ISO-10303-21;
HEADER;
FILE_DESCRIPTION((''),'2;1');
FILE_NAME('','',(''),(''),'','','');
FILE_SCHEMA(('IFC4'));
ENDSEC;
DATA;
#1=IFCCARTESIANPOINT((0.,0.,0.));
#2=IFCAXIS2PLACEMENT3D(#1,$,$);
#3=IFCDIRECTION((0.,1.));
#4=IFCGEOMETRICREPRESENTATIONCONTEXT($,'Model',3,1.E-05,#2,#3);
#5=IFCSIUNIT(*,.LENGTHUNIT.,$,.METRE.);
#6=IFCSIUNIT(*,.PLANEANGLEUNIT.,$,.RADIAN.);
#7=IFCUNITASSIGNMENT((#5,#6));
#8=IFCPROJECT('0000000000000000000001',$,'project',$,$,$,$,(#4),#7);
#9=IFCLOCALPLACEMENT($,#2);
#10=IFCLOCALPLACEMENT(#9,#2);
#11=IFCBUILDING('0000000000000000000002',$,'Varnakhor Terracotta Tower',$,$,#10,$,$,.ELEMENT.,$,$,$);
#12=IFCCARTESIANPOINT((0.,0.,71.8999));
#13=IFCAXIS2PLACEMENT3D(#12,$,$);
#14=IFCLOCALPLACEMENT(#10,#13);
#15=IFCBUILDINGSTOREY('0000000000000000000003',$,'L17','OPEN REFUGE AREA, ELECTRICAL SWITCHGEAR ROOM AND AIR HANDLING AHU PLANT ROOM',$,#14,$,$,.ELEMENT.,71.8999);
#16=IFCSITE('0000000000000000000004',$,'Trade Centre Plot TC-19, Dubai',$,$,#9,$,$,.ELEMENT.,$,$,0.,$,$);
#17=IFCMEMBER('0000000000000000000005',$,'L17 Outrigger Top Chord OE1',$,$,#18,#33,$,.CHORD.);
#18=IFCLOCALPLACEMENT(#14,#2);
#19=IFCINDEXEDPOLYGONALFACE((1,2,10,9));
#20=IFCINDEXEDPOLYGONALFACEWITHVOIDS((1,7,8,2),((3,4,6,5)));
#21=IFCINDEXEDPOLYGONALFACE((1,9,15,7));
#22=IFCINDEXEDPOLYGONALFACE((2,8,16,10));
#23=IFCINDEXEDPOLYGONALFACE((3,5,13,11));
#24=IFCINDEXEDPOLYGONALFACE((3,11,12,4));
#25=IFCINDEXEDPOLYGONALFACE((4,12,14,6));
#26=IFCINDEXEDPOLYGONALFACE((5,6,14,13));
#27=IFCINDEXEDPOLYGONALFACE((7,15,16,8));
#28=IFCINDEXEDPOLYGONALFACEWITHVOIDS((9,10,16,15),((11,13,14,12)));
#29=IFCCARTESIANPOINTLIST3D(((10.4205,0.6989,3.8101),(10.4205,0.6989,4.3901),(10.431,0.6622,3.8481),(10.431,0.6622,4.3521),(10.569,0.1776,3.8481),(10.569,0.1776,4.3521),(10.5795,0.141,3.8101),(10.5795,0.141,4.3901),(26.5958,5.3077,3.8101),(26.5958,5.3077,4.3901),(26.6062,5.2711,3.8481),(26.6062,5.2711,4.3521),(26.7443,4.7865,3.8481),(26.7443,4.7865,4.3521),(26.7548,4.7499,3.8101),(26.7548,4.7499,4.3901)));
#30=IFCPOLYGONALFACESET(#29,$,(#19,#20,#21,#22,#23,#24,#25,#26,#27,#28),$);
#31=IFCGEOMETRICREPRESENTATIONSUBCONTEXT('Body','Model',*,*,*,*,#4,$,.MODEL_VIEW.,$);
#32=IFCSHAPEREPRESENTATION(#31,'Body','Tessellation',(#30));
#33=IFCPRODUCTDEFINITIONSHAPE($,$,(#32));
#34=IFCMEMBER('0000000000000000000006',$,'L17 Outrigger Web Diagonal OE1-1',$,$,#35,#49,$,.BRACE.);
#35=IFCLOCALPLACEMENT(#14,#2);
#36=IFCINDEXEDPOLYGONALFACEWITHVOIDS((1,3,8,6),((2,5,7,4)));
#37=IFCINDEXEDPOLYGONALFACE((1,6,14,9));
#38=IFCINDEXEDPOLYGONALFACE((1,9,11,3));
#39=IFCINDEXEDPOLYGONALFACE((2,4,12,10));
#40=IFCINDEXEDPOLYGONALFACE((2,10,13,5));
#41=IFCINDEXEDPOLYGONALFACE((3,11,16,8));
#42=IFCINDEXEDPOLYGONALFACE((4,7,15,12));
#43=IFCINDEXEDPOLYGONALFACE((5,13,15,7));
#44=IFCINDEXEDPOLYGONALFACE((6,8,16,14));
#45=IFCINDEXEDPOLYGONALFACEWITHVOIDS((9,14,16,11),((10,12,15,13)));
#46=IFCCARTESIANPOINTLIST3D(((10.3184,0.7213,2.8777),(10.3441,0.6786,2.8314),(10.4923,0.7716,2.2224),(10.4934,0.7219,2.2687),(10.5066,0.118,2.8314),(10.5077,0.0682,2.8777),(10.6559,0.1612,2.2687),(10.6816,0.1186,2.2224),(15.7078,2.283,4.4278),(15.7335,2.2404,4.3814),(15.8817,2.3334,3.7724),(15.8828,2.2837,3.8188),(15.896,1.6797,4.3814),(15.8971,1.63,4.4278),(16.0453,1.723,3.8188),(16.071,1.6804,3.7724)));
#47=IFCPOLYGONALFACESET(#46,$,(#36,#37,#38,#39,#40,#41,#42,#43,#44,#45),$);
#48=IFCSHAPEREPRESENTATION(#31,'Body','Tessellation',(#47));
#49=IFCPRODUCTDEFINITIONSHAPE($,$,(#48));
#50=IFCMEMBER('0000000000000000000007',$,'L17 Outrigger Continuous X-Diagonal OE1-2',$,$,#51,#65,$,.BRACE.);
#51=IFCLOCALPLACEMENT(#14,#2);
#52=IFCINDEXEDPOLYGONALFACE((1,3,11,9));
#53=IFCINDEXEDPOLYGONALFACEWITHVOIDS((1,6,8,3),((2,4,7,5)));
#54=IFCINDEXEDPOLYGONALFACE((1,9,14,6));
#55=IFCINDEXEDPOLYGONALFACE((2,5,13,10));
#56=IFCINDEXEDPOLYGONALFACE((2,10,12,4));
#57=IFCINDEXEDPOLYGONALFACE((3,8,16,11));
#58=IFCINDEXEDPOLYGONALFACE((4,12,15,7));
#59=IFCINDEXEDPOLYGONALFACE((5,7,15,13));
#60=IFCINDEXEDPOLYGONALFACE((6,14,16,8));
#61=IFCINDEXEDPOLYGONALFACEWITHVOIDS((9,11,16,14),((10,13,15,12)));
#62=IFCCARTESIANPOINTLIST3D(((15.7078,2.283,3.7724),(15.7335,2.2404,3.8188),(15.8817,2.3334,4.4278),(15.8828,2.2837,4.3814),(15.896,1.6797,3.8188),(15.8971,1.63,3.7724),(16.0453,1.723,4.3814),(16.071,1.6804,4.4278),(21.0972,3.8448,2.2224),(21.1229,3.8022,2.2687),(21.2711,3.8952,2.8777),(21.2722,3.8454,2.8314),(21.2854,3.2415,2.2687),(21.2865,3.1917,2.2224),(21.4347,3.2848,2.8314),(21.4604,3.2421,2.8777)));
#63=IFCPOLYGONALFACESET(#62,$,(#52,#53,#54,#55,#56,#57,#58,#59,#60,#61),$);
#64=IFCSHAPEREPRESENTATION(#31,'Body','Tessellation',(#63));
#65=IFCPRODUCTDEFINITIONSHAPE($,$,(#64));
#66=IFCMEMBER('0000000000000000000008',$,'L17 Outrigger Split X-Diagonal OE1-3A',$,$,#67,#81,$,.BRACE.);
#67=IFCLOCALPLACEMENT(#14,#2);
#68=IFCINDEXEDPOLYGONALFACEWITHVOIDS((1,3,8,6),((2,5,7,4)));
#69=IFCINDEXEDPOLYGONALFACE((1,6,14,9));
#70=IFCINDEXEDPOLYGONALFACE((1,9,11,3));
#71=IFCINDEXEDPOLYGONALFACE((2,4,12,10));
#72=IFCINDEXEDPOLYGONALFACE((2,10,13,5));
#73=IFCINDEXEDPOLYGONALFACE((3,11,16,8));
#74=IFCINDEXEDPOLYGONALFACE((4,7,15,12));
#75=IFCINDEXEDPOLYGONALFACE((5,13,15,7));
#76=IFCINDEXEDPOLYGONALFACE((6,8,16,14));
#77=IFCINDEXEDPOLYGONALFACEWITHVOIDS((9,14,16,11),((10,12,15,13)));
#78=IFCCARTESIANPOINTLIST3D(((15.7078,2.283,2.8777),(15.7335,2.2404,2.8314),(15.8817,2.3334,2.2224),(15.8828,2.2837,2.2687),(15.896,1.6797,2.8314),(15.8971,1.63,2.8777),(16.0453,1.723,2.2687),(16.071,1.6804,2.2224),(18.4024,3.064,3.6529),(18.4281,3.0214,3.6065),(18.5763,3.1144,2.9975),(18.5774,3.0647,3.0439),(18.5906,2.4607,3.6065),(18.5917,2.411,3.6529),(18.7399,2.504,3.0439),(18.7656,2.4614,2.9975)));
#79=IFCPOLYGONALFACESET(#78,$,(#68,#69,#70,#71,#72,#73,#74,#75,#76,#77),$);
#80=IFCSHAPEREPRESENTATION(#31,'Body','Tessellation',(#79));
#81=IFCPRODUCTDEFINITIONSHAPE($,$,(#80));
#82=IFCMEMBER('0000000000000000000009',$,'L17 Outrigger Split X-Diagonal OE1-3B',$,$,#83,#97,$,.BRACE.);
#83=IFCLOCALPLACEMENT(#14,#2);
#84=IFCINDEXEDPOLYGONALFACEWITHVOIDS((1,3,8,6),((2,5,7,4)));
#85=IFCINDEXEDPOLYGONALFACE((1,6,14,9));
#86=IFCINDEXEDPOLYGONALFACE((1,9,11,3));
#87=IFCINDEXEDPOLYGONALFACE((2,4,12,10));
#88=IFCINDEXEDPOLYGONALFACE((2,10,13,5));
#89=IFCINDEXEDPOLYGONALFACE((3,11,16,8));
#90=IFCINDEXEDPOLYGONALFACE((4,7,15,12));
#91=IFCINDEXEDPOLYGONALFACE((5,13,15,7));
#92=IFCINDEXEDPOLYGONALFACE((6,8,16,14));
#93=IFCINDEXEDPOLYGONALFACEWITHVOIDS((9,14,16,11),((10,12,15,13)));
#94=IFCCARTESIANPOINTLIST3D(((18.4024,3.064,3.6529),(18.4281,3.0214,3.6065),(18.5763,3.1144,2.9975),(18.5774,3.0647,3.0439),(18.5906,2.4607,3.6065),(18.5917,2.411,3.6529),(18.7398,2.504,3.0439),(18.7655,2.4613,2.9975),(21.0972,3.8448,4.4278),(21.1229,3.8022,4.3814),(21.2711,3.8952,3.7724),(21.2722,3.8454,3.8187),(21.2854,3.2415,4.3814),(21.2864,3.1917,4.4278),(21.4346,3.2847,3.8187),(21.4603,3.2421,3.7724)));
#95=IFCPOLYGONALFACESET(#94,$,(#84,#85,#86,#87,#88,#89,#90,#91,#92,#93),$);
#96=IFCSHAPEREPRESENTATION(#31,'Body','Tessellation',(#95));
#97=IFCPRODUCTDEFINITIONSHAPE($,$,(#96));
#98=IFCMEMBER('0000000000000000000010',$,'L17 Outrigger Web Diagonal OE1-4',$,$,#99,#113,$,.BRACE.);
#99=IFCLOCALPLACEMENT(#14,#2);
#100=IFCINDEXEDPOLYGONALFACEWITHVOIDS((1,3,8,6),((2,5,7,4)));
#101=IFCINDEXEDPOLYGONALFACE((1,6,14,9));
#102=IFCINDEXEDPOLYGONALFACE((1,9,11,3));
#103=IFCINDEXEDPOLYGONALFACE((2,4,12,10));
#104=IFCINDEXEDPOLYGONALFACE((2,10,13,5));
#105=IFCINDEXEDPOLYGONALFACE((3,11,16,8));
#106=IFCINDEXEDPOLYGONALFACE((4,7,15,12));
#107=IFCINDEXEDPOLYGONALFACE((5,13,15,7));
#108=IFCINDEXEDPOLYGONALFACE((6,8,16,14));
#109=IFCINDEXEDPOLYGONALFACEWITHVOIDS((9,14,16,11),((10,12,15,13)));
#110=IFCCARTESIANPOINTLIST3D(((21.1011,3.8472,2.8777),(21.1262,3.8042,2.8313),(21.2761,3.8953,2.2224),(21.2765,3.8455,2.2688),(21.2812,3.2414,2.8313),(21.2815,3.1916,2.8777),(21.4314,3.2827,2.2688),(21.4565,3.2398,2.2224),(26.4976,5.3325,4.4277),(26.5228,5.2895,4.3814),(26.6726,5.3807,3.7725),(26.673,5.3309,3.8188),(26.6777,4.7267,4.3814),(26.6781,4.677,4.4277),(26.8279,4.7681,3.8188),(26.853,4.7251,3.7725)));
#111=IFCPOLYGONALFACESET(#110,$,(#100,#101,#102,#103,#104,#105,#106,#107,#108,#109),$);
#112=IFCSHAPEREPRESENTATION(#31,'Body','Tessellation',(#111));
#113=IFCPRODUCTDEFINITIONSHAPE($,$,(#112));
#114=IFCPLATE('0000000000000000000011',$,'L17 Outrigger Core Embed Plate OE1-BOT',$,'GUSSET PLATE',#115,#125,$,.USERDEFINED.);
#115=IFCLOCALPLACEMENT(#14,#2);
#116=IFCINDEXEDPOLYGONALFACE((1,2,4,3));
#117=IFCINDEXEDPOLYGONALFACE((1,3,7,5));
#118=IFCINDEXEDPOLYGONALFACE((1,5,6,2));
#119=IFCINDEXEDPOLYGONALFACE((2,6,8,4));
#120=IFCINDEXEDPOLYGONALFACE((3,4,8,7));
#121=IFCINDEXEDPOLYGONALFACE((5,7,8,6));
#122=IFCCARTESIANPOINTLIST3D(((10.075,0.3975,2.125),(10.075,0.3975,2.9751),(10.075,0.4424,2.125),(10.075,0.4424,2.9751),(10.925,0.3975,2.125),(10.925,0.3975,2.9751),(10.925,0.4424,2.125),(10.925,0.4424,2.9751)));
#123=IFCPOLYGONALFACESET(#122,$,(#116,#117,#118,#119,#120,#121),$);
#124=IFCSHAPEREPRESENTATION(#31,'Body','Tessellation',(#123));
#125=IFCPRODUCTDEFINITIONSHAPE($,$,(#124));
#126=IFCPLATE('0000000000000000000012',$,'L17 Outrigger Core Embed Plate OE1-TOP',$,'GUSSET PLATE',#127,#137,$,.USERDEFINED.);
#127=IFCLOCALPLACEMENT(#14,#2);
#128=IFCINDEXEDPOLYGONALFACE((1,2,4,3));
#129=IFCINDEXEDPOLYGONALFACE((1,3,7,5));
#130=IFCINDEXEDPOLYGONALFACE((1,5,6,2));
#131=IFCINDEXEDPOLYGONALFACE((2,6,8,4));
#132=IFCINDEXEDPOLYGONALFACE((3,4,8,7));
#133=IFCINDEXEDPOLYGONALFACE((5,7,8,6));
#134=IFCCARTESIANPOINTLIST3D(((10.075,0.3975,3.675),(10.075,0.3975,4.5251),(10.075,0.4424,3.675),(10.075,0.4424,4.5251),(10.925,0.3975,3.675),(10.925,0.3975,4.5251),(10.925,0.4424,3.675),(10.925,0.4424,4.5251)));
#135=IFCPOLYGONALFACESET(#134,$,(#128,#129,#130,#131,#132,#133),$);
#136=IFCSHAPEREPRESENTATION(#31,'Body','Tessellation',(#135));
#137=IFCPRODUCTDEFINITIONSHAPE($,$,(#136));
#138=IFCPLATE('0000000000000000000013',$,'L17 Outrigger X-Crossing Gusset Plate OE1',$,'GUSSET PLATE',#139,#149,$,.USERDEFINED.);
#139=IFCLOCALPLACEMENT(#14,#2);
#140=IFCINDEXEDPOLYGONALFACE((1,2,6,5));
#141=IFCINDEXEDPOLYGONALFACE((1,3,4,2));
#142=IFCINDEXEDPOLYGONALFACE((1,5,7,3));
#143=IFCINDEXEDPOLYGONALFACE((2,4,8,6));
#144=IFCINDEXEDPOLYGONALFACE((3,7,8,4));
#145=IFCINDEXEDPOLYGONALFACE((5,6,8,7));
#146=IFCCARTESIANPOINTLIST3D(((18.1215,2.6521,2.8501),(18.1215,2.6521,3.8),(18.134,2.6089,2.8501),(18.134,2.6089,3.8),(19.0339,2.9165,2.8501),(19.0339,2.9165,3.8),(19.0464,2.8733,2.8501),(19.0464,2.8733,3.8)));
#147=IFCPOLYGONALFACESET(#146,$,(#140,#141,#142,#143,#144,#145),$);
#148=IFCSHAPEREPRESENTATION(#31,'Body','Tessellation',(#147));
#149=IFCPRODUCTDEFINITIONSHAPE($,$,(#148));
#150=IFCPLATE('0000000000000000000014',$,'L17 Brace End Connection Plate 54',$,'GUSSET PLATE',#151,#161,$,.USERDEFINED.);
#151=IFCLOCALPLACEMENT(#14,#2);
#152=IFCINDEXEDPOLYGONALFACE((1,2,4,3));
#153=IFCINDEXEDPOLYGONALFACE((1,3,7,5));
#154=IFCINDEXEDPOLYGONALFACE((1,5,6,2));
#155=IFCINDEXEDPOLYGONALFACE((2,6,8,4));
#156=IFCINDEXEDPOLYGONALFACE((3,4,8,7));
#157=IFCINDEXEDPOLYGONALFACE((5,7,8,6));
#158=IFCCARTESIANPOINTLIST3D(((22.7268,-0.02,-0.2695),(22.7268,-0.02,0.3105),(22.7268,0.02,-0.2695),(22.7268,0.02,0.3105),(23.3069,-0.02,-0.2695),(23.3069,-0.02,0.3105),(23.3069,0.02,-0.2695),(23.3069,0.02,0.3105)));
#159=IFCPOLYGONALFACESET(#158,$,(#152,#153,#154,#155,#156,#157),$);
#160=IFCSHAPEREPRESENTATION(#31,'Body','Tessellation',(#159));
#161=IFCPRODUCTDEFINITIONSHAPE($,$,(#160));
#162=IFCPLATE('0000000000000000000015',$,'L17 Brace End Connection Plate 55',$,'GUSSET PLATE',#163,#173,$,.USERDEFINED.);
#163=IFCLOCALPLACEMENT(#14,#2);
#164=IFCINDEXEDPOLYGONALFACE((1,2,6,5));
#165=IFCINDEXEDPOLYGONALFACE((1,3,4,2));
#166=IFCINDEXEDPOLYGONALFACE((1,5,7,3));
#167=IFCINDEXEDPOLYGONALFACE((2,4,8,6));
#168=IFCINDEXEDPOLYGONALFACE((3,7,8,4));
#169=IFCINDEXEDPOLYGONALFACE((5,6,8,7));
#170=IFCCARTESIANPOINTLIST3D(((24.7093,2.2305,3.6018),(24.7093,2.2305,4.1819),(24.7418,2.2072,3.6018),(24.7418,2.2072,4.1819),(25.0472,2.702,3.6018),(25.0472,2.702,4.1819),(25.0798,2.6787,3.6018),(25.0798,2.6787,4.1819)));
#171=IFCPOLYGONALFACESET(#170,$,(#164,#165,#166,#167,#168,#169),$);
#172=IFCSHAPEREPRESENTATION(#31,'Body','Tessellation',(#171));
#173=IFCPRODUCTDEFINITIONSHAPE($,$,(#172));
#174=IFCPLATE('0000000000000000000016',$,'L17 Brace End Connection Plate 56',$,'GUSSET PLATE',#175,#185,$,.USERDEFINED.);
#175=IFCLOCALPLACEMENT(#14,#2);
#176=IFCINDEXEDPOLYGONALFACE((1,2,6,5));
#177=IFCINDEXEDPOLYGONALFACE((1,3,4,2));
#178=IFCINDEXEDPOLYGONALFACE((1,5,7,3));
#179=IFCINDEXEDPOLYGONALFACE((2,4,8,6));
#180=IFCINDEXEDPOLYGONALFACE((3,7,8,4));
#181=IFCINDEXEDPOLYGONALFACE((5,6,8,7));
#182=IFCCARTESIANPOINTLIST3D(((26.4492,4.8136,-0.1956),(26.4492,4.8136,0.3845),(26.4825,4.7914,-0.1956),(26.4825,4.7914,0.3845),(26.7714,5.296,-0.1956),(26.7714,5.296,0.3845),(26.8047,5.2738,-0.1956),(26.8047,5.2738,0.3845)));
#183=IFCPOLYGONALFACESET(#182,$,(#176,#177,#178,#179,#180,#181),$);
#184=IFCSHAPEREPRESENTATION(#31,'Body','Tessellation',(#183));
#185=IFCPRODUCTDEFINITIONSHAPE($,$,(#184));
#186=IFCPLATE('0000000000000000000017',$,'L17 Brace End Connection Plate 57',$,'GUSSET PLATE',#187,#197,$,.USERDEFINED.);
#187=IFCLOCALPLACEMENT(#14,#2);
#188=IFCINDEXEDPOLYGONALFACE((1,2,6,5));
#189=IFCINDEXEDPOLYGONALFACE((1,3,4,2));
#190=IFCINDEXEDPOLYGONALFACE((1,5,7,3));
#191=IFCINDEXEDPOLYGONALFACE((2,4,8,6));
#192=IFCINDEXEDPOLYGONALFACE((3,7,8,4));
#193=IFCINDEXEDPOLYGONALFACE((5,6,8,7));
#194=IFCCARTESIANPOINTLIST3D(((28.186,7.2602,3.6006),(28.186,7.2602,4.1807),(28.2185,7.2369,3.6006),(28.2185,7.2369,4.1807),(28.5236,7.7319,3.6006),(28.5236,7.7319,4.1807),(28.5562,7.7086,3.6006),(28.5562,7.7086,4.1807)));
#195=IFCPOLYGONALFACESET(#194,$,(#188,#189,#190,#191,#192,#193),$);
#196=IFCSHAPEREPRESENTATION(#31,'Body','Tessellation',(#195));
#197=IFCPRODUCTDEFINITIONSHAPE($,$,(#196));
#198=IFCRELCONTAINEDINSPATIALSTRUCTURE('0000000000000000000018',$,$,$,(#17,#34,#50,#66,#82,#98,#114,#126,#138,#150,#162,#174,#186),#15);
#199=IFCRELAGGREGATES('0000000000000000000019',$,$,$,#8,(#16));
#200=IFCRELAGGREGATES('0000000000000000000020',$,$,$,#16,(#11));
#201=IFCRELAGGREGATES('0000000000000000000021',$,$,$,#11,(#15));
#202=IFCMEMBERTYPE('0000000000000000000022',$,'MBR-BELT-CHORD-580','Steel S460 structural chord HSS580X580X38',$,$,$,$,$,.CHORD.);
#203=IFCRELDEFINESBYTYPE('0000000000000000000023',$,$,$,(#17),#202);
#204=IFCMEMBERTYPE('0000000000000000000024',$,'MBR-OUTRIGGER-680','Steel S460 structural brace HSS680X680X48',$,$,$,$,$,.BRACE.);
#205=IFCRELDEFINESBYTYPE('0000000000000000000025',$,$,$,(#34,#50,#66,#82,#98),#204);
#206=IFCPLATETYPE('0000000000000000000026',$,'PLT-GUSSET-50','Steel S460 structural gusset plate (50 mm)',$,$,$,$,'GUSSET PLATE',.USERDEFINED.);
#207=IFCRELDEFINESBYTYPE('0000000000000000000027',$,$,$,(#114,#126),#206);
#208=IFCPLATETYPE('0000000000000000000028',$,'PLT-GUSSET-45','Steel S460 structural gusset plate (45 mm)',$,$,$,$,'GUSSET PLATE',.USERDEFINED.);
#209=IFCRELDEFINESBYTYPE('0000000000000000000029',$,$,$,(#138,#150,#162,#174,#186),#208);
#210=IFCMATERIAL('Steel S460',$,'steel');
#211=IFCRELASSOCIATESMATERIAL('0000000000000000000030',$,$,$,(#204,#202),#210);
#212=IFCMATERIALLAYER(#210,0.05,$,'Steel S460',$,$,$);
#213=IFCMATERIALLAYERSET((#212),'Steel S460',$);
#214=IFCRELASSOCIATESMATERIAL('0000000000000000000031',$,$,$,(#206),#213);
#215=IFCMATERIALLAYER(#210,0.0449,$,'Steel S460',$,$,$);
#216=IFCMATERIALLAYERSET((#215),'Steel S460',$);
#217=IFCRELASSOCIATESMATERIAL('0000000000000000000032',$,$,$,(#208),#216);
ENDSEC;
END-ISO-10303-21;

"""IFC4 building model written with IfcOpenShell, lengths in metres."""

from ifc_helpers import new_model, si_unit, direction, frame, origin, origin_2d, place, context, subcontext, project, spatial, rectangle, hollow_rectangle, extrude, source, transform, mapped, material, layer, layer_set, material_profile, profile_set, type_object, type_shapes, element, save


model = new_model("IFC4")

# Units and contexts
model_context = context("Model", 3, precision=1e-05, world=origin(), true_north=direction((0.0, 1.0)))
body_context = subcontext(model_context, "Body", "Model", "MODEL_VIEW")
ifc_project = project(units=[si_unit("LENGTHUNIT", "METRE"), si_unit("PLANEANGLEUNIT", "RADIAN")], contexts=[model_context])

# Site, building, storey
site_placement = place(None, origin())
site = spatial("IfcSite", under=ifc_project, at=site_placement, Name="Trade Centre Plot TC-19, Dubai", CompositionType="ELEMENT", RefElevation=0.0)
building_placement = place(site_placement, origin())
building = spatial("IfcBuilding", under=site, at=building_placement, Name="Varnakhor Terracotta Tower", CompositionType="ELEMENT")
storey_placement = place(building_placement, frame((0.0, 0.0, 71.8999)))
storey = spatial("IfcBuildingStorey", under=building, at=storey_placement, Name="L17", Description="OPEN REFUGE AREA, ELECTRICAL SWITCHGEAR ROOM AND AIR HANDLING AHU PLANT ROOM", CompositionType="ELEMENT", Elevation=71.8999)

# Shared definitions
ifc_material_1 = material(Name="Steel S460", Category="steel")

# Members
ifc_material_profile_1 = material_profile(ifc_material_1, hollow_rectangle(XDim=0.6799, YDim=0.6799, WallThickness=0.0481, at=origin_2d()), Name="HSS680X680X48")
ifc_profile_set_1 = profile_set([ifc_material_profile_1], Name="Steel S460")
member_type_1 = type_object("IfcMemberType", Name="MBR-OUTRIGGER-680", Description="Steel S460 structural brace HSS680X680X48", PredefinedType="BRACE", material=ifc_profile_set_1)
ifc_material_profile_2 = material_profile(ifc_material_1, hollow_rectangle(XDim=0.5801, YDim=0.5801, WallThickness=0.0381, at=origin_2d()), Name="HSS580X580X38")
ifc_profile_set_2 = profile_set([ifc_material_profile_2], Name="Steel S460")
member_type_2 = type_object("IfcMemberType", Name="MBR-BELT-CHORD-580", Description="Steel S460 structural chord HSS580X580X38", PredefinedType="CHORD", material=ifc_profile_set_2)
shared_shape_1 = source(origin(), body_context, "Body", "SweptSolid", [
    extrude(hollow_rectangle(XDim=0.5801, YDim=0.5801, WallThickness=0.0381, at=origin_2d()), origin(), (0.0, 0.0, 1.0), 16.8191),
])
member_1_placement = place(storey_placement, frame((10.5, 0.4199, 4.1001), z_axis=(0.961722, 0.274027, 0.0), x_axis=(-0.274027, 0.961722, 0.0)))
element("IfcMember", 1, at=member_1_placement, inside=storey, type_object=member_type_2, Name="L17 Outrigger Top Chord OE1", PredefinedType="CHORD", context=body_context, shape_type="MappedRepresentation", body=[
    mapped(shared_shape_1, transform((0.0, 0.0, 0.0), scale=1.0)),
])
shared_shape_2 = source(origin(), body_context, "Body", "SweptSolid", [
    extrude(hollow_rectangle(XDim=0.6799, YDim=0.6799, WallThickness=0.0481, at=origin_2d()), origin(), (0.0, 0.0, 1.0), 5.8213),
])
for number, where, z_axis, x_axis, name in (
    (2, (10.5, 0.4199, 2.55), (0.925809, 0.268285, 0.266272), (-0.278334, 0.960484, 0.0), "L17 Outrigger Web Diagonal OE1-1"),
    (3, (15.8894, 1.9817, 4.1001), (0.925809, 0.268285, -0.266272), (-0.278334, 0.960484, 0.0), "L17 Outrigger Continuous X-Diagonal OE1-2"),
):
    element("IfcMember", number, at=place(storey_placement, frame(where, z_axis=z_axis, x_axis=x_axis)), inside=storey, type_object=member_type_1, Name=name, PredefinedType="BRACE", context=body_context, shape_type="MappedRepresentation", body=[
        mapped(shared_shape_2, transform((0.0, 0.0, 0.0), scale=1.0)),
    ])
shared_shape_3 = source(origin(), body_context, "Body", "SweptSolid", [
    extrude(hollow_rectangle(XDim=0.6799, YDim=0.6799, WallThickness=0.0481, at=origin_2d()), origin(), (0.0, 0.0, 1.0), 2.9106),
])
for number, where, z_axis, x_axis, name in (
    (4, (15.8894, 1.9817, 2.55), (0.925782, 0.268332, 0.266319), (-0.278386, 0.960469, 0.0), "L17 Outrigger Split X-Diagonal OE1-3A"),
    (5, (18.584, 2.7627, 3.3252), (0.925836, 0.268239, 0.266226), (-0.278282, 0.960499, 0.0), "L17 Outrigger Split X-Diagonal OE1-3B"),
):
    element("IfcMember", number, at=place(storey_placement, frame(where, z_axis=z_axis, x_axis=x_axis)), inside=storey, type_object=member_type_1, Name=name, PredefinedType="BRACE", context=body_context, shape_type="MappedRepresentation", body=[
        mapped(shared_shape_3, transform((0.0, 0.0, 0.0), scale=1.0)),
    ])
shared_shape_4 = source(origin(), body_context, "Body", "SweptSolid", [
    extrude(hollow_rectangle(XDim=0.6799, YDim=0.6799, WallThickness=0.0481, at=origin_2d()), origin(), (0.0, 0.0, 1.0), 5.8079),
])
member_2_placement = place(storey_placement, frame((21.2788, 3.5435, 2.55), z_axis=(0.929173, 0.25575, 0.266889), x_axis=(-0.265375, 0.964145, 0.0)))
element("IfcMember", 6, at=member_2_placement, inside=storey, type_object=member_type_1, Name="L17 Outrigger Web Diagonal OE1-4", PredefinedType="BRACE", context=body_context, shape_type="MappedRepresentation", body=[
    mapped(shared_shape_4, transform((0.0, 0.0, 0.0), scale=1.0)),
])

# Plates
ifc_layer_1 = layer(ifc_material_1, 0.05, Name="Steel S460")
ifc_layer_set_1 = layer_set([ifc_layer_1], Name="Steel S460")
plate_type_1 = type_object("IfcPlateType", Name="PLT-GUSSET-50", Description="Steel S460 structural gusset plate (50 mm)", ElementType="GUSSET PLATE", PredefinedType="USERDEFINED", material=ifc_layer_set_1)
shared_shape_5 = source(origin(), body_context, "Body", "SweptSolid", [
    extrude(rectangle(XDim=0.8501, YDim=0.0449, at=origin_2d()), origin(), (0.0, 0.0, 1.0), 0.8501),
])
for number, where, z_axis, x_axis, name in (
    (7, (10.5, 0.4199, 2.125), (0.0, 0.0, 1.0), (1.0, 0.0, 0.0), "L17 Outrigger Core Embed Plate OE1-BOT"),
    (8, (10.5, 0.4199, 3.675), (0.0, 0.0, 1.0), (1.0, 0.0, 0.0), "L17 Outrigger Core Embed Plate OE1-TOP"),
):
    element("IfcPlate", number, at=place(storey_placement, frame(where, z_axis=z_axis, x_axis=x_axis)), inside=storey, type_object=plate_type_1, Name=name, ObjectType="GUSSET PLATE", PredefinedType="USERDEFINED", context=body_context, shape_type="MappedRepresentation", body=[
        mapped(shared_shape_5, transform((0.0, 0.0, 0.0), scale=1.0)),
    ])
ifc_layer_2 = layer(ifc_material_1, 0.0449, Name="Steel S460")
ifc_layer_set_2 = layer_set([ifc_layer_2], Name="Steel S460")
plate_type_2 = type_object("IfcPlateType", Name="PLT-GUSSET-45", Description="Steel S460 structural gusset plate (45 mm)", ElementType="GUSSET PLATE", PredefinedType="USERDEFINED", material=ifc_layer_set_2)
shared_shape_6 = source(origin(), body_context, "Body", "SweptSolid", [
    extrude(rectangle(XDim=0.95, YDim=0.0449, at=origin_2d()), origin(), (0.0, 0.0, 1.0), 0.95),
])
type_shapes(plate_type_2, [shared_shape_6])
plate_placement = place(storey_placement, frame((18.584, 2.7627, 2.8501), z_axis=(0.0, 0.0, 1.0), x_axis=(0.960483, 0.278337, 0.0)))
element("IfcPlate", 9, at=plate_placement, inside=storey, type_object=plate_type_2, Name="L17 Outrigger X-Crossing Gusset Plate OE1", ObjectType="GUSSET PLATE", PredefinedType="USERDEFINED", context=body_context, shape_type="MappedRepresentation", body=[
    mapped(shared_shape_6, transform((0.0, 0.0, 0.0), scale=1.0)),
])
shared_shape_7 = source(origin(), body_context, "Body", "SweptSolid", [
    extrude(rectangle(XDim=0.5801, YDim=0.04, at=origin_2d()), origin(), (0.0, 0.0, 1.0), 0.5801),
])
for number, where, z_axis, x_axis, name in (
    (10, (23.0168, 0.0, -0.2695), (0.0, 0.0, 1.0), (-1.0, 0.0, 0.0), "L17 Brace End Connection Plate 54"),
    (11, (24.8945, 2.4546, 3.6018), (0.0, 0.0, 1.0), (0.582605, 0.812755, 0.0), "L17 Brace End Connection Plate 55"),
    (12, (26.627, 5.0437, -0.1956), (0.0, 0.0, 1.0), (-0.55544, -0.831557, 0.0), "L17 Brace End Connection Plate 56"),
    (13, (28.3711, 7.4844, 3.6006), (0.0, 0.0, 1.0), (0.58208, 0.813131, 0.0), "L17 Brace End Connection Plate 57"),
):
    element("IfcPlate", number, at=place(storey_placement, frame(where, z_axis=z_axis, x_axis=x_axis)), inside=storey, type_object=plate_type_2, Name=name, ObjectType="GUSSET PLATE", PredefinedType="USERDEFINED", context=body_context, shape_type="MappedRepresentation", body=[
        mapped(shared_shape_7, transform((0.0, 0.0, 0.0), scale=1.0)),
    ])

save(model, "model.ifc")
